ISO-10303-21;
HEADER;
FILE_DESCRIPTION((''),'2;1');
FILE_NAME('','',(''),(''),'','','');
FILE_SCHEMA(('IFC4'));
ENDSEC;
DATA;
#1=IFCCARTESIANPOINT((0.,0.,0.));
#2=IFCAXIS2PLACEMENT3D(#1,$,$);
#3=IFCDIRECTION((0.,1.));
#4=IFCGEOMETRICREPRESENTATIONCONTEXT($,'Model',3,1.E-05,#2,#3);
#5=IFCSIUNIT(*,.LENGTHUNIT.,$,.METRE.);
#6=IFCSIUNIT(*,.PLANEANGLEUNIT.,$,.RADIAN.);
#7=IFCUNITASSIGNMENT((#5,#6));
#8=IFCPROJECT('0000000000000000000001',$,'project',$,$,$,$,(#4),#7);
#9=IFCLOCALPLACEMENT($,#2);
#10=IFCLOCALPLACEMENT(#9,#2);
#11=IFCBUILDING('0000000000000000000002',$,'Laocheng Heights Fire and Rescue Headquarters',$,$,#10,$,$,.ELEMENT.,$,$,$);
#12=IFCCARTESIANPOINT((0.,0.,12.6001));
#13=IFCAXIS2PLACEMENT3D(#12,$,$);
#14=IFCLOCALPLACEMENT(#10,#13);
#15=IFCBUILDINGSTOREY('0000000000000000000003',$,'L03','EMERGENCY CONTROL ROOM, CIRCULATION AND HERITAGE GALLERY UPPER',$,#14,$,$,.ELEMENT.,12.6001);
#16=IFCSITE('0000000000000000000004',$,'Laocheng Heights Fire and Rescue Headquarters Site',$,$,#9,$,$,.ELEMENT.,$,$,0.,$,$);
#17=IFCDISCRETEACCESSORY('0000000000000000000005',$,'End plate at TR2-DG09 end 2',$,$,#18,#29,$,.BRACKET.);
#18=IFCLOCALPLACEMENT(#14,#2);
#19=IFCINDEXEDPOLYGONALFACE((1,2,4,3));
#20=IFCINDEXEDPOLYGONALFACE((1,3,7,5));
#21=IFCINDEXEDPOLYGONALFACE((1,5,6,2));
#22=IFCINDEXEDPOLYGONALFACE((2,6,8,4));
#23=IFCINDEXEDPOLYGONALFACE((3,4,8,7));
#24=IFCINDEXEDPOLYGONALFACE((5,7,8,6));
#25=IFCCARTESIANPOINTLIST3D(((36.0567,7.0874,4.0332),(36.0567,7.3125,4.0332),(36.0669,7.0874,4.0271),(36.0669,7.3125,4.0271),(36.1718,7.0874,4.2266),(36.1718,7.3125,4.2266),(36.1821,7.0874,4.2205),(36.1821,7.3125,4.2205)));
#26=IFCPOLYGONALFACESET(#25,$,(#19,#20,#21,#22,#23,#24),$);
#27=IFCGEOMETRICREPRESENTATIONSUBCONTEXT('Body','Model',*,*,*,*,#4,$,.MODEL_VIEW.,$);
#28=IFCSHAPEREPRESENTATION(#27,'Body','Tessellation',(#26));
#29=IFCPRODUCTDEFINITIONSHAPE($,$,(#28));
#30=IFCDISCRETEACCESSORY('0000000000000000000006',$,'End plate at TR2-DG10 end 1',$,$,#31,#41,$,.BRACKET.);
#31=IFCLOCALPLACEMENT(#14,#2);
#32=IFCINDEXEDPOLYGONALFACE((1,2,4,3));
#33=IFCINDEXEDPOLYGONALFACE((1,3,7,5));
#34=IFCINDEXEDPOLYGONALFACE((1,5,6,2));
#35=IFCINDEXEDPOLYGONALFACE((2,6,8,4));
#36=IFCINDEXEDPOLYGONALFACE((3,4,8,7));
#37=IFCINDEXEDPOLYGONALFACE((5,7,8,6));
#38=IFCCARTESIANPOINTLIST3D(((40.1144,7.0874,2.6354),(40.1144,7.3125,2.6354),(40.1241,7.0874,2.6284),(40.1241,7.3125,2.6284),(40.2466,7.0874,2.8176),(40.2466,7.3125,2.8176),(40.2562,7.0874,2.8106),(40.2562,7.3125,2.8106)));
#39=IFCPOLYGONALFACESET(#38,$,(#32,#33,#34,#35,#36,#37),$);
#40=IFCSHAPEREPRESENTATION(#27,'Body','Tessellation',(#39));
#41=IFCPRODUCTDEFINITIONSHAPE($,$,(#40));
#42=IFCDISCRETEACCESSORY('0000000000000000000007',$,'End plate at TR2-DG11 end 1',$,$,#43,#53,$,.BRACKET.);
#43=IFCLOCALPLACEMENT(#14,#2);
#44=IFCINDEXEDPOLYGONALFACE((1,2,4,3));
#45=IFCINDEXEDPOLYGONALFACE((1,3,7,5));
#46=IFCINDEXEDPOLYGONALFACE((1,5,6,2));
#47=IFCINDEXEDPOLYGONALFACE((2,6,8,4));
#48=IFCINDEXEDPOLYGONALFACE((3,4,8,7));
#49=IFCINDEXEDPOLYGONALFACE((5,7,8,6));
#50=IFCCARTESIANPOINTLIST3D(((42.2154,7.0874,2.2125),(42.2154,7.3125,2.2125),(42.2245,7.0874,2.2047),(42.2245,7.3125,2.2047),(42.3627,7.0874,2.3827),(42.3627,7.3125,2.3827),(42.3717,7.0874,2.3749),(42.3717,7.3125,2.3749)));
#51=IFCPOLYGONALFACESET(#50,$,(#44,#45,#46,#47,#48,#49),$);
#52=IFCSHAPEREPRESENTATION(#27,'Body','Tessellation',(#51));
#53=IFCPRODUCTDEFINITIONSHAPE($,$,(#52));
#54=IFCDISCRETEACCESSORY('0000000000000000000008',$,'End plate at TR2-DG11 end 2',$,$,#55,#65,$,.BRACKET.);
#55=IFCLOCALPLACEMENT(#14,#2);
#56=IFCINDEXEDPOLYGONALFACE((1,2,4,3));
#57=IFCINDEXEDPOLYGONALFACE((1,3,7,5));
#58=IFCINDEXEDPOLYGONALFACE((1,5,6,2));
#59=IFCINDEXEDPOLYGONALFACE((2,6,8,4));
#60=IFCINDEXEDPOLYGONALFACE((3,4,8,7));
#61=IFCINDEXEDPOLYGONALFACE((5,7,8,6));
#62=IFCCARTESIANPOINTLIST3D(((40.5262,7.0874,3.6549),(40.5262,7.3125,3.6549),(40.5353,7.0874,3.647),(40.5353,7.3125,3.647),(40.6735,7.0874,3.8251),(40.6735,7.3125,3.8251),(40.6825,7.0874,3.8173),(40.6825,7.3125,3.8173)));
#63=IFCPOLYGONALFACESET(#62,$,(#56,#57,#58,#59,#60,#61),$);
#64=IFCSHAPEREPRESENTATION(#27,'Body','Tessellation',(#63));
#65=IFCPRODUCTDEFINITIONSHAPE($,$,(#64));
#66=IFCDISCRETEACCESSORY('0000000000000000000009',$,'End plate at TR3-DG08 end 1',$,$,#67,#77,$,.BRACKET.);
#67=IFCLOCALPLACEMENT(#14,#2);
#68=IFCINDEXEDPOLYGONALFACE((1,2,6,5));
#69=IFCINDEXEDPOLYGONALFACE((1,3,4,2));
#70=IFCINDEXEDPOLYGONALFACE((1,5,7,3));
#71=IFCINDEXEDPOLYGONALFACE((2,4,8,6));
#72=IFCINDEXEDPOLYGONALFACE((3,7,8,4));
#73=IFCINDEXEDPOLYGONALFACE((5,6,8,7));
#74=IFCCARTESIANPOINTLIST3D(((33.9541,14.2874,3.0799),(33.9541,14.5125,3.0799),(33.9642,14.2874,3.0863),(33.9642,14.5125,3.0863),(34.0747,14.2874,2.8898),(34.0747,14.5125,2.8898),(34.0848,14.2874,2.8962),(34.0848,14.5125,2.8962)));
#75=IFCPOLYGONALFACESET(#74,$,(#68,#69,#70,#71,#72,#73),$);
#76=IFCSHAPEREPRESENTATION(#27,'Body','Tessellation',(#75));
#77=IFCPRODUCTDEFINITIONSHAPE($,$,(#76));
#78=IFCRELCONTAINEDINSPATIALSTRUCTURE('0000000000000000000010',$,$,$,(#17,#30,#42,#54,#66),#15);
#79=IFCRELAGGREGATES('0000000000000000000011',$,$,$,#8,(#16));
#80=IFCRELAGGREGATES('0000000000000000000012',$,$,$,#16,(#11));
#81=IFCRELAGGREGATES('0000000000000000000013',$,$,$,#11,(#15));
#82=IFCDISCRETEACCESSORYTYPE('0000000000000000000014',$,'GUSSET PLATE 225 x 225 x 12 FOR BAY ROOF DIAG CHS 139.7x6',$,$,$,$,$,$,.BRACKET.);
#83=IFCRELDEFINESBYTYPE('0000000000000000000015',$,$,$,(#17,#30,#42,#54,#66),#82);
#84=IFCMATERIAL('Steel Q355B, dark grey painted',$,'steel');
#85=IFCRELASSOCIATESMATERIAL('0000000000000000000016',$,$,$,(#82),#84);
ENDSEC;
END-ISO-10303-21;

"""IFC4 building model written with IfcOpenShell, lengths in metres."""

from ifc_helpers import new_model, si_unit, direction, frame, origin, origin_2d, place, context, subcontext, project, spatial, rectangle, extrude, material, material_profile, profile_set, type_object, element, save


model = new_model("IFC4")

# Units and contexts
model_context = context("Model", 3, precision=1e-05, world=origin(), true_north=direction((0.0, 1.0)))
body_context = subcontext(model_context, "Body", "Model", "MODEL_VIEW")
ifc_project = project(units=[si_unit("LENGTHUNIT", "METRE"), si_unit("PLANEANGLEUNIT", "RADIAN")], contexts=[model_context])

# Site, building, storey
site_placement = place(None, origin())
site = spatial("IfcSite", under=ifc_project, at=site_placement, Name="Laocheng Heights Fire and Rescue Headquarters Site", CompositionType="ELEMENT", RefElevation=0.0)
building_placement = place(site_placement, origin())
building = spatial("IfcBuilding", under=site, at=building_placement, Name="Laocheng Heights Fire and Rescue Headquarters", CompositionType="ELEMENT")
storey_placement = place(building_placement, frame((0.0, 0.0, 12.6001)))
storey = spatial("IfcBuildingStorey", under=building, at=storey_placement, Name="L03", Description="EMERGENCY CONTROL ROOM, CIRCULATION AND HERITAGE GALLERY UPPER", CompositionType="ELEMENT", Elevation=12.6001)

# Discrete accessories
ifc_material_1 = material(Name="Steel Q355B, dark grey painted", Category="steel")
ifc_material_profile_1 = material_profile(ifc_material_1, rectangle(XDim=0.2251, YDim=0.2251, at=origin_2d()), Name="GUSSET PLATE 225 x 225 x 12 FOR BAY ROOF DIAG CHS 139.7x6")
ifc_profile_set_1 = profile_set([ifc_material_profile_1], Name="Steel Q355B, dark grey painted")
discrete_accessory_type = type_object("IfcDiscreteAccessoryType", Name="GUSSET PLATE 225 x 225 x 12 FOR BAY ROOF DIAG CHS 139.7x6", PredefinedType="BRACKET", material=ifc_profile_set_1)
for number, where, z_axis, x_axis, name in (
    (1, (36.1245, 7.2, 4.1238), (-0.859293, 0.0, 0.511484), (0.0, -1.0, 0.0), "End plate at TR2-DG09 end 2"),
    (2, (40.1902, 7.2, 2.7195), (-0.80961, 0.0, 0.586968), (0.0, -1.0, 0.0), "End plate at TR2-DG10 end 1"),
    (3, (42.2981, 7.2, 2.2898), (-0.756363, 0.0, 0.654152), (0.0, -1.0, 0.0), "End plate at TR2-DG11 end 1"),
    (4, (40.6089, 7.2, 3.7322), (-0.756363, 0.0, 0.654152), (0.0, -1.0, 0.0), "End plate at TR2-DG11 end 2"),
    (5, (34.0144, 14.3999, 2.9849), (0.844509, 0.0, 0.535542), (0.0, 1.0, 0.0), "End plate at TR3-DG08 end 1"),
):
    element("IfcDiscreteAccessory", number, at=place(storey_placement, frame(where, z_axis=z_axis, x_axis=x_axis)), inside=storey, type_object=discrete_accessory_type, Name=name, PredefinedType="BRACKET", context=body_context, shape_type="SweptSolid", body=[
        extrude(rectangle(XDim=0.2251, YDim=0.2251, at=origin_2d()), origin(), (0.0, 0.0, 1.0), 0.012),
    ])

save(model, "model.ifc")
